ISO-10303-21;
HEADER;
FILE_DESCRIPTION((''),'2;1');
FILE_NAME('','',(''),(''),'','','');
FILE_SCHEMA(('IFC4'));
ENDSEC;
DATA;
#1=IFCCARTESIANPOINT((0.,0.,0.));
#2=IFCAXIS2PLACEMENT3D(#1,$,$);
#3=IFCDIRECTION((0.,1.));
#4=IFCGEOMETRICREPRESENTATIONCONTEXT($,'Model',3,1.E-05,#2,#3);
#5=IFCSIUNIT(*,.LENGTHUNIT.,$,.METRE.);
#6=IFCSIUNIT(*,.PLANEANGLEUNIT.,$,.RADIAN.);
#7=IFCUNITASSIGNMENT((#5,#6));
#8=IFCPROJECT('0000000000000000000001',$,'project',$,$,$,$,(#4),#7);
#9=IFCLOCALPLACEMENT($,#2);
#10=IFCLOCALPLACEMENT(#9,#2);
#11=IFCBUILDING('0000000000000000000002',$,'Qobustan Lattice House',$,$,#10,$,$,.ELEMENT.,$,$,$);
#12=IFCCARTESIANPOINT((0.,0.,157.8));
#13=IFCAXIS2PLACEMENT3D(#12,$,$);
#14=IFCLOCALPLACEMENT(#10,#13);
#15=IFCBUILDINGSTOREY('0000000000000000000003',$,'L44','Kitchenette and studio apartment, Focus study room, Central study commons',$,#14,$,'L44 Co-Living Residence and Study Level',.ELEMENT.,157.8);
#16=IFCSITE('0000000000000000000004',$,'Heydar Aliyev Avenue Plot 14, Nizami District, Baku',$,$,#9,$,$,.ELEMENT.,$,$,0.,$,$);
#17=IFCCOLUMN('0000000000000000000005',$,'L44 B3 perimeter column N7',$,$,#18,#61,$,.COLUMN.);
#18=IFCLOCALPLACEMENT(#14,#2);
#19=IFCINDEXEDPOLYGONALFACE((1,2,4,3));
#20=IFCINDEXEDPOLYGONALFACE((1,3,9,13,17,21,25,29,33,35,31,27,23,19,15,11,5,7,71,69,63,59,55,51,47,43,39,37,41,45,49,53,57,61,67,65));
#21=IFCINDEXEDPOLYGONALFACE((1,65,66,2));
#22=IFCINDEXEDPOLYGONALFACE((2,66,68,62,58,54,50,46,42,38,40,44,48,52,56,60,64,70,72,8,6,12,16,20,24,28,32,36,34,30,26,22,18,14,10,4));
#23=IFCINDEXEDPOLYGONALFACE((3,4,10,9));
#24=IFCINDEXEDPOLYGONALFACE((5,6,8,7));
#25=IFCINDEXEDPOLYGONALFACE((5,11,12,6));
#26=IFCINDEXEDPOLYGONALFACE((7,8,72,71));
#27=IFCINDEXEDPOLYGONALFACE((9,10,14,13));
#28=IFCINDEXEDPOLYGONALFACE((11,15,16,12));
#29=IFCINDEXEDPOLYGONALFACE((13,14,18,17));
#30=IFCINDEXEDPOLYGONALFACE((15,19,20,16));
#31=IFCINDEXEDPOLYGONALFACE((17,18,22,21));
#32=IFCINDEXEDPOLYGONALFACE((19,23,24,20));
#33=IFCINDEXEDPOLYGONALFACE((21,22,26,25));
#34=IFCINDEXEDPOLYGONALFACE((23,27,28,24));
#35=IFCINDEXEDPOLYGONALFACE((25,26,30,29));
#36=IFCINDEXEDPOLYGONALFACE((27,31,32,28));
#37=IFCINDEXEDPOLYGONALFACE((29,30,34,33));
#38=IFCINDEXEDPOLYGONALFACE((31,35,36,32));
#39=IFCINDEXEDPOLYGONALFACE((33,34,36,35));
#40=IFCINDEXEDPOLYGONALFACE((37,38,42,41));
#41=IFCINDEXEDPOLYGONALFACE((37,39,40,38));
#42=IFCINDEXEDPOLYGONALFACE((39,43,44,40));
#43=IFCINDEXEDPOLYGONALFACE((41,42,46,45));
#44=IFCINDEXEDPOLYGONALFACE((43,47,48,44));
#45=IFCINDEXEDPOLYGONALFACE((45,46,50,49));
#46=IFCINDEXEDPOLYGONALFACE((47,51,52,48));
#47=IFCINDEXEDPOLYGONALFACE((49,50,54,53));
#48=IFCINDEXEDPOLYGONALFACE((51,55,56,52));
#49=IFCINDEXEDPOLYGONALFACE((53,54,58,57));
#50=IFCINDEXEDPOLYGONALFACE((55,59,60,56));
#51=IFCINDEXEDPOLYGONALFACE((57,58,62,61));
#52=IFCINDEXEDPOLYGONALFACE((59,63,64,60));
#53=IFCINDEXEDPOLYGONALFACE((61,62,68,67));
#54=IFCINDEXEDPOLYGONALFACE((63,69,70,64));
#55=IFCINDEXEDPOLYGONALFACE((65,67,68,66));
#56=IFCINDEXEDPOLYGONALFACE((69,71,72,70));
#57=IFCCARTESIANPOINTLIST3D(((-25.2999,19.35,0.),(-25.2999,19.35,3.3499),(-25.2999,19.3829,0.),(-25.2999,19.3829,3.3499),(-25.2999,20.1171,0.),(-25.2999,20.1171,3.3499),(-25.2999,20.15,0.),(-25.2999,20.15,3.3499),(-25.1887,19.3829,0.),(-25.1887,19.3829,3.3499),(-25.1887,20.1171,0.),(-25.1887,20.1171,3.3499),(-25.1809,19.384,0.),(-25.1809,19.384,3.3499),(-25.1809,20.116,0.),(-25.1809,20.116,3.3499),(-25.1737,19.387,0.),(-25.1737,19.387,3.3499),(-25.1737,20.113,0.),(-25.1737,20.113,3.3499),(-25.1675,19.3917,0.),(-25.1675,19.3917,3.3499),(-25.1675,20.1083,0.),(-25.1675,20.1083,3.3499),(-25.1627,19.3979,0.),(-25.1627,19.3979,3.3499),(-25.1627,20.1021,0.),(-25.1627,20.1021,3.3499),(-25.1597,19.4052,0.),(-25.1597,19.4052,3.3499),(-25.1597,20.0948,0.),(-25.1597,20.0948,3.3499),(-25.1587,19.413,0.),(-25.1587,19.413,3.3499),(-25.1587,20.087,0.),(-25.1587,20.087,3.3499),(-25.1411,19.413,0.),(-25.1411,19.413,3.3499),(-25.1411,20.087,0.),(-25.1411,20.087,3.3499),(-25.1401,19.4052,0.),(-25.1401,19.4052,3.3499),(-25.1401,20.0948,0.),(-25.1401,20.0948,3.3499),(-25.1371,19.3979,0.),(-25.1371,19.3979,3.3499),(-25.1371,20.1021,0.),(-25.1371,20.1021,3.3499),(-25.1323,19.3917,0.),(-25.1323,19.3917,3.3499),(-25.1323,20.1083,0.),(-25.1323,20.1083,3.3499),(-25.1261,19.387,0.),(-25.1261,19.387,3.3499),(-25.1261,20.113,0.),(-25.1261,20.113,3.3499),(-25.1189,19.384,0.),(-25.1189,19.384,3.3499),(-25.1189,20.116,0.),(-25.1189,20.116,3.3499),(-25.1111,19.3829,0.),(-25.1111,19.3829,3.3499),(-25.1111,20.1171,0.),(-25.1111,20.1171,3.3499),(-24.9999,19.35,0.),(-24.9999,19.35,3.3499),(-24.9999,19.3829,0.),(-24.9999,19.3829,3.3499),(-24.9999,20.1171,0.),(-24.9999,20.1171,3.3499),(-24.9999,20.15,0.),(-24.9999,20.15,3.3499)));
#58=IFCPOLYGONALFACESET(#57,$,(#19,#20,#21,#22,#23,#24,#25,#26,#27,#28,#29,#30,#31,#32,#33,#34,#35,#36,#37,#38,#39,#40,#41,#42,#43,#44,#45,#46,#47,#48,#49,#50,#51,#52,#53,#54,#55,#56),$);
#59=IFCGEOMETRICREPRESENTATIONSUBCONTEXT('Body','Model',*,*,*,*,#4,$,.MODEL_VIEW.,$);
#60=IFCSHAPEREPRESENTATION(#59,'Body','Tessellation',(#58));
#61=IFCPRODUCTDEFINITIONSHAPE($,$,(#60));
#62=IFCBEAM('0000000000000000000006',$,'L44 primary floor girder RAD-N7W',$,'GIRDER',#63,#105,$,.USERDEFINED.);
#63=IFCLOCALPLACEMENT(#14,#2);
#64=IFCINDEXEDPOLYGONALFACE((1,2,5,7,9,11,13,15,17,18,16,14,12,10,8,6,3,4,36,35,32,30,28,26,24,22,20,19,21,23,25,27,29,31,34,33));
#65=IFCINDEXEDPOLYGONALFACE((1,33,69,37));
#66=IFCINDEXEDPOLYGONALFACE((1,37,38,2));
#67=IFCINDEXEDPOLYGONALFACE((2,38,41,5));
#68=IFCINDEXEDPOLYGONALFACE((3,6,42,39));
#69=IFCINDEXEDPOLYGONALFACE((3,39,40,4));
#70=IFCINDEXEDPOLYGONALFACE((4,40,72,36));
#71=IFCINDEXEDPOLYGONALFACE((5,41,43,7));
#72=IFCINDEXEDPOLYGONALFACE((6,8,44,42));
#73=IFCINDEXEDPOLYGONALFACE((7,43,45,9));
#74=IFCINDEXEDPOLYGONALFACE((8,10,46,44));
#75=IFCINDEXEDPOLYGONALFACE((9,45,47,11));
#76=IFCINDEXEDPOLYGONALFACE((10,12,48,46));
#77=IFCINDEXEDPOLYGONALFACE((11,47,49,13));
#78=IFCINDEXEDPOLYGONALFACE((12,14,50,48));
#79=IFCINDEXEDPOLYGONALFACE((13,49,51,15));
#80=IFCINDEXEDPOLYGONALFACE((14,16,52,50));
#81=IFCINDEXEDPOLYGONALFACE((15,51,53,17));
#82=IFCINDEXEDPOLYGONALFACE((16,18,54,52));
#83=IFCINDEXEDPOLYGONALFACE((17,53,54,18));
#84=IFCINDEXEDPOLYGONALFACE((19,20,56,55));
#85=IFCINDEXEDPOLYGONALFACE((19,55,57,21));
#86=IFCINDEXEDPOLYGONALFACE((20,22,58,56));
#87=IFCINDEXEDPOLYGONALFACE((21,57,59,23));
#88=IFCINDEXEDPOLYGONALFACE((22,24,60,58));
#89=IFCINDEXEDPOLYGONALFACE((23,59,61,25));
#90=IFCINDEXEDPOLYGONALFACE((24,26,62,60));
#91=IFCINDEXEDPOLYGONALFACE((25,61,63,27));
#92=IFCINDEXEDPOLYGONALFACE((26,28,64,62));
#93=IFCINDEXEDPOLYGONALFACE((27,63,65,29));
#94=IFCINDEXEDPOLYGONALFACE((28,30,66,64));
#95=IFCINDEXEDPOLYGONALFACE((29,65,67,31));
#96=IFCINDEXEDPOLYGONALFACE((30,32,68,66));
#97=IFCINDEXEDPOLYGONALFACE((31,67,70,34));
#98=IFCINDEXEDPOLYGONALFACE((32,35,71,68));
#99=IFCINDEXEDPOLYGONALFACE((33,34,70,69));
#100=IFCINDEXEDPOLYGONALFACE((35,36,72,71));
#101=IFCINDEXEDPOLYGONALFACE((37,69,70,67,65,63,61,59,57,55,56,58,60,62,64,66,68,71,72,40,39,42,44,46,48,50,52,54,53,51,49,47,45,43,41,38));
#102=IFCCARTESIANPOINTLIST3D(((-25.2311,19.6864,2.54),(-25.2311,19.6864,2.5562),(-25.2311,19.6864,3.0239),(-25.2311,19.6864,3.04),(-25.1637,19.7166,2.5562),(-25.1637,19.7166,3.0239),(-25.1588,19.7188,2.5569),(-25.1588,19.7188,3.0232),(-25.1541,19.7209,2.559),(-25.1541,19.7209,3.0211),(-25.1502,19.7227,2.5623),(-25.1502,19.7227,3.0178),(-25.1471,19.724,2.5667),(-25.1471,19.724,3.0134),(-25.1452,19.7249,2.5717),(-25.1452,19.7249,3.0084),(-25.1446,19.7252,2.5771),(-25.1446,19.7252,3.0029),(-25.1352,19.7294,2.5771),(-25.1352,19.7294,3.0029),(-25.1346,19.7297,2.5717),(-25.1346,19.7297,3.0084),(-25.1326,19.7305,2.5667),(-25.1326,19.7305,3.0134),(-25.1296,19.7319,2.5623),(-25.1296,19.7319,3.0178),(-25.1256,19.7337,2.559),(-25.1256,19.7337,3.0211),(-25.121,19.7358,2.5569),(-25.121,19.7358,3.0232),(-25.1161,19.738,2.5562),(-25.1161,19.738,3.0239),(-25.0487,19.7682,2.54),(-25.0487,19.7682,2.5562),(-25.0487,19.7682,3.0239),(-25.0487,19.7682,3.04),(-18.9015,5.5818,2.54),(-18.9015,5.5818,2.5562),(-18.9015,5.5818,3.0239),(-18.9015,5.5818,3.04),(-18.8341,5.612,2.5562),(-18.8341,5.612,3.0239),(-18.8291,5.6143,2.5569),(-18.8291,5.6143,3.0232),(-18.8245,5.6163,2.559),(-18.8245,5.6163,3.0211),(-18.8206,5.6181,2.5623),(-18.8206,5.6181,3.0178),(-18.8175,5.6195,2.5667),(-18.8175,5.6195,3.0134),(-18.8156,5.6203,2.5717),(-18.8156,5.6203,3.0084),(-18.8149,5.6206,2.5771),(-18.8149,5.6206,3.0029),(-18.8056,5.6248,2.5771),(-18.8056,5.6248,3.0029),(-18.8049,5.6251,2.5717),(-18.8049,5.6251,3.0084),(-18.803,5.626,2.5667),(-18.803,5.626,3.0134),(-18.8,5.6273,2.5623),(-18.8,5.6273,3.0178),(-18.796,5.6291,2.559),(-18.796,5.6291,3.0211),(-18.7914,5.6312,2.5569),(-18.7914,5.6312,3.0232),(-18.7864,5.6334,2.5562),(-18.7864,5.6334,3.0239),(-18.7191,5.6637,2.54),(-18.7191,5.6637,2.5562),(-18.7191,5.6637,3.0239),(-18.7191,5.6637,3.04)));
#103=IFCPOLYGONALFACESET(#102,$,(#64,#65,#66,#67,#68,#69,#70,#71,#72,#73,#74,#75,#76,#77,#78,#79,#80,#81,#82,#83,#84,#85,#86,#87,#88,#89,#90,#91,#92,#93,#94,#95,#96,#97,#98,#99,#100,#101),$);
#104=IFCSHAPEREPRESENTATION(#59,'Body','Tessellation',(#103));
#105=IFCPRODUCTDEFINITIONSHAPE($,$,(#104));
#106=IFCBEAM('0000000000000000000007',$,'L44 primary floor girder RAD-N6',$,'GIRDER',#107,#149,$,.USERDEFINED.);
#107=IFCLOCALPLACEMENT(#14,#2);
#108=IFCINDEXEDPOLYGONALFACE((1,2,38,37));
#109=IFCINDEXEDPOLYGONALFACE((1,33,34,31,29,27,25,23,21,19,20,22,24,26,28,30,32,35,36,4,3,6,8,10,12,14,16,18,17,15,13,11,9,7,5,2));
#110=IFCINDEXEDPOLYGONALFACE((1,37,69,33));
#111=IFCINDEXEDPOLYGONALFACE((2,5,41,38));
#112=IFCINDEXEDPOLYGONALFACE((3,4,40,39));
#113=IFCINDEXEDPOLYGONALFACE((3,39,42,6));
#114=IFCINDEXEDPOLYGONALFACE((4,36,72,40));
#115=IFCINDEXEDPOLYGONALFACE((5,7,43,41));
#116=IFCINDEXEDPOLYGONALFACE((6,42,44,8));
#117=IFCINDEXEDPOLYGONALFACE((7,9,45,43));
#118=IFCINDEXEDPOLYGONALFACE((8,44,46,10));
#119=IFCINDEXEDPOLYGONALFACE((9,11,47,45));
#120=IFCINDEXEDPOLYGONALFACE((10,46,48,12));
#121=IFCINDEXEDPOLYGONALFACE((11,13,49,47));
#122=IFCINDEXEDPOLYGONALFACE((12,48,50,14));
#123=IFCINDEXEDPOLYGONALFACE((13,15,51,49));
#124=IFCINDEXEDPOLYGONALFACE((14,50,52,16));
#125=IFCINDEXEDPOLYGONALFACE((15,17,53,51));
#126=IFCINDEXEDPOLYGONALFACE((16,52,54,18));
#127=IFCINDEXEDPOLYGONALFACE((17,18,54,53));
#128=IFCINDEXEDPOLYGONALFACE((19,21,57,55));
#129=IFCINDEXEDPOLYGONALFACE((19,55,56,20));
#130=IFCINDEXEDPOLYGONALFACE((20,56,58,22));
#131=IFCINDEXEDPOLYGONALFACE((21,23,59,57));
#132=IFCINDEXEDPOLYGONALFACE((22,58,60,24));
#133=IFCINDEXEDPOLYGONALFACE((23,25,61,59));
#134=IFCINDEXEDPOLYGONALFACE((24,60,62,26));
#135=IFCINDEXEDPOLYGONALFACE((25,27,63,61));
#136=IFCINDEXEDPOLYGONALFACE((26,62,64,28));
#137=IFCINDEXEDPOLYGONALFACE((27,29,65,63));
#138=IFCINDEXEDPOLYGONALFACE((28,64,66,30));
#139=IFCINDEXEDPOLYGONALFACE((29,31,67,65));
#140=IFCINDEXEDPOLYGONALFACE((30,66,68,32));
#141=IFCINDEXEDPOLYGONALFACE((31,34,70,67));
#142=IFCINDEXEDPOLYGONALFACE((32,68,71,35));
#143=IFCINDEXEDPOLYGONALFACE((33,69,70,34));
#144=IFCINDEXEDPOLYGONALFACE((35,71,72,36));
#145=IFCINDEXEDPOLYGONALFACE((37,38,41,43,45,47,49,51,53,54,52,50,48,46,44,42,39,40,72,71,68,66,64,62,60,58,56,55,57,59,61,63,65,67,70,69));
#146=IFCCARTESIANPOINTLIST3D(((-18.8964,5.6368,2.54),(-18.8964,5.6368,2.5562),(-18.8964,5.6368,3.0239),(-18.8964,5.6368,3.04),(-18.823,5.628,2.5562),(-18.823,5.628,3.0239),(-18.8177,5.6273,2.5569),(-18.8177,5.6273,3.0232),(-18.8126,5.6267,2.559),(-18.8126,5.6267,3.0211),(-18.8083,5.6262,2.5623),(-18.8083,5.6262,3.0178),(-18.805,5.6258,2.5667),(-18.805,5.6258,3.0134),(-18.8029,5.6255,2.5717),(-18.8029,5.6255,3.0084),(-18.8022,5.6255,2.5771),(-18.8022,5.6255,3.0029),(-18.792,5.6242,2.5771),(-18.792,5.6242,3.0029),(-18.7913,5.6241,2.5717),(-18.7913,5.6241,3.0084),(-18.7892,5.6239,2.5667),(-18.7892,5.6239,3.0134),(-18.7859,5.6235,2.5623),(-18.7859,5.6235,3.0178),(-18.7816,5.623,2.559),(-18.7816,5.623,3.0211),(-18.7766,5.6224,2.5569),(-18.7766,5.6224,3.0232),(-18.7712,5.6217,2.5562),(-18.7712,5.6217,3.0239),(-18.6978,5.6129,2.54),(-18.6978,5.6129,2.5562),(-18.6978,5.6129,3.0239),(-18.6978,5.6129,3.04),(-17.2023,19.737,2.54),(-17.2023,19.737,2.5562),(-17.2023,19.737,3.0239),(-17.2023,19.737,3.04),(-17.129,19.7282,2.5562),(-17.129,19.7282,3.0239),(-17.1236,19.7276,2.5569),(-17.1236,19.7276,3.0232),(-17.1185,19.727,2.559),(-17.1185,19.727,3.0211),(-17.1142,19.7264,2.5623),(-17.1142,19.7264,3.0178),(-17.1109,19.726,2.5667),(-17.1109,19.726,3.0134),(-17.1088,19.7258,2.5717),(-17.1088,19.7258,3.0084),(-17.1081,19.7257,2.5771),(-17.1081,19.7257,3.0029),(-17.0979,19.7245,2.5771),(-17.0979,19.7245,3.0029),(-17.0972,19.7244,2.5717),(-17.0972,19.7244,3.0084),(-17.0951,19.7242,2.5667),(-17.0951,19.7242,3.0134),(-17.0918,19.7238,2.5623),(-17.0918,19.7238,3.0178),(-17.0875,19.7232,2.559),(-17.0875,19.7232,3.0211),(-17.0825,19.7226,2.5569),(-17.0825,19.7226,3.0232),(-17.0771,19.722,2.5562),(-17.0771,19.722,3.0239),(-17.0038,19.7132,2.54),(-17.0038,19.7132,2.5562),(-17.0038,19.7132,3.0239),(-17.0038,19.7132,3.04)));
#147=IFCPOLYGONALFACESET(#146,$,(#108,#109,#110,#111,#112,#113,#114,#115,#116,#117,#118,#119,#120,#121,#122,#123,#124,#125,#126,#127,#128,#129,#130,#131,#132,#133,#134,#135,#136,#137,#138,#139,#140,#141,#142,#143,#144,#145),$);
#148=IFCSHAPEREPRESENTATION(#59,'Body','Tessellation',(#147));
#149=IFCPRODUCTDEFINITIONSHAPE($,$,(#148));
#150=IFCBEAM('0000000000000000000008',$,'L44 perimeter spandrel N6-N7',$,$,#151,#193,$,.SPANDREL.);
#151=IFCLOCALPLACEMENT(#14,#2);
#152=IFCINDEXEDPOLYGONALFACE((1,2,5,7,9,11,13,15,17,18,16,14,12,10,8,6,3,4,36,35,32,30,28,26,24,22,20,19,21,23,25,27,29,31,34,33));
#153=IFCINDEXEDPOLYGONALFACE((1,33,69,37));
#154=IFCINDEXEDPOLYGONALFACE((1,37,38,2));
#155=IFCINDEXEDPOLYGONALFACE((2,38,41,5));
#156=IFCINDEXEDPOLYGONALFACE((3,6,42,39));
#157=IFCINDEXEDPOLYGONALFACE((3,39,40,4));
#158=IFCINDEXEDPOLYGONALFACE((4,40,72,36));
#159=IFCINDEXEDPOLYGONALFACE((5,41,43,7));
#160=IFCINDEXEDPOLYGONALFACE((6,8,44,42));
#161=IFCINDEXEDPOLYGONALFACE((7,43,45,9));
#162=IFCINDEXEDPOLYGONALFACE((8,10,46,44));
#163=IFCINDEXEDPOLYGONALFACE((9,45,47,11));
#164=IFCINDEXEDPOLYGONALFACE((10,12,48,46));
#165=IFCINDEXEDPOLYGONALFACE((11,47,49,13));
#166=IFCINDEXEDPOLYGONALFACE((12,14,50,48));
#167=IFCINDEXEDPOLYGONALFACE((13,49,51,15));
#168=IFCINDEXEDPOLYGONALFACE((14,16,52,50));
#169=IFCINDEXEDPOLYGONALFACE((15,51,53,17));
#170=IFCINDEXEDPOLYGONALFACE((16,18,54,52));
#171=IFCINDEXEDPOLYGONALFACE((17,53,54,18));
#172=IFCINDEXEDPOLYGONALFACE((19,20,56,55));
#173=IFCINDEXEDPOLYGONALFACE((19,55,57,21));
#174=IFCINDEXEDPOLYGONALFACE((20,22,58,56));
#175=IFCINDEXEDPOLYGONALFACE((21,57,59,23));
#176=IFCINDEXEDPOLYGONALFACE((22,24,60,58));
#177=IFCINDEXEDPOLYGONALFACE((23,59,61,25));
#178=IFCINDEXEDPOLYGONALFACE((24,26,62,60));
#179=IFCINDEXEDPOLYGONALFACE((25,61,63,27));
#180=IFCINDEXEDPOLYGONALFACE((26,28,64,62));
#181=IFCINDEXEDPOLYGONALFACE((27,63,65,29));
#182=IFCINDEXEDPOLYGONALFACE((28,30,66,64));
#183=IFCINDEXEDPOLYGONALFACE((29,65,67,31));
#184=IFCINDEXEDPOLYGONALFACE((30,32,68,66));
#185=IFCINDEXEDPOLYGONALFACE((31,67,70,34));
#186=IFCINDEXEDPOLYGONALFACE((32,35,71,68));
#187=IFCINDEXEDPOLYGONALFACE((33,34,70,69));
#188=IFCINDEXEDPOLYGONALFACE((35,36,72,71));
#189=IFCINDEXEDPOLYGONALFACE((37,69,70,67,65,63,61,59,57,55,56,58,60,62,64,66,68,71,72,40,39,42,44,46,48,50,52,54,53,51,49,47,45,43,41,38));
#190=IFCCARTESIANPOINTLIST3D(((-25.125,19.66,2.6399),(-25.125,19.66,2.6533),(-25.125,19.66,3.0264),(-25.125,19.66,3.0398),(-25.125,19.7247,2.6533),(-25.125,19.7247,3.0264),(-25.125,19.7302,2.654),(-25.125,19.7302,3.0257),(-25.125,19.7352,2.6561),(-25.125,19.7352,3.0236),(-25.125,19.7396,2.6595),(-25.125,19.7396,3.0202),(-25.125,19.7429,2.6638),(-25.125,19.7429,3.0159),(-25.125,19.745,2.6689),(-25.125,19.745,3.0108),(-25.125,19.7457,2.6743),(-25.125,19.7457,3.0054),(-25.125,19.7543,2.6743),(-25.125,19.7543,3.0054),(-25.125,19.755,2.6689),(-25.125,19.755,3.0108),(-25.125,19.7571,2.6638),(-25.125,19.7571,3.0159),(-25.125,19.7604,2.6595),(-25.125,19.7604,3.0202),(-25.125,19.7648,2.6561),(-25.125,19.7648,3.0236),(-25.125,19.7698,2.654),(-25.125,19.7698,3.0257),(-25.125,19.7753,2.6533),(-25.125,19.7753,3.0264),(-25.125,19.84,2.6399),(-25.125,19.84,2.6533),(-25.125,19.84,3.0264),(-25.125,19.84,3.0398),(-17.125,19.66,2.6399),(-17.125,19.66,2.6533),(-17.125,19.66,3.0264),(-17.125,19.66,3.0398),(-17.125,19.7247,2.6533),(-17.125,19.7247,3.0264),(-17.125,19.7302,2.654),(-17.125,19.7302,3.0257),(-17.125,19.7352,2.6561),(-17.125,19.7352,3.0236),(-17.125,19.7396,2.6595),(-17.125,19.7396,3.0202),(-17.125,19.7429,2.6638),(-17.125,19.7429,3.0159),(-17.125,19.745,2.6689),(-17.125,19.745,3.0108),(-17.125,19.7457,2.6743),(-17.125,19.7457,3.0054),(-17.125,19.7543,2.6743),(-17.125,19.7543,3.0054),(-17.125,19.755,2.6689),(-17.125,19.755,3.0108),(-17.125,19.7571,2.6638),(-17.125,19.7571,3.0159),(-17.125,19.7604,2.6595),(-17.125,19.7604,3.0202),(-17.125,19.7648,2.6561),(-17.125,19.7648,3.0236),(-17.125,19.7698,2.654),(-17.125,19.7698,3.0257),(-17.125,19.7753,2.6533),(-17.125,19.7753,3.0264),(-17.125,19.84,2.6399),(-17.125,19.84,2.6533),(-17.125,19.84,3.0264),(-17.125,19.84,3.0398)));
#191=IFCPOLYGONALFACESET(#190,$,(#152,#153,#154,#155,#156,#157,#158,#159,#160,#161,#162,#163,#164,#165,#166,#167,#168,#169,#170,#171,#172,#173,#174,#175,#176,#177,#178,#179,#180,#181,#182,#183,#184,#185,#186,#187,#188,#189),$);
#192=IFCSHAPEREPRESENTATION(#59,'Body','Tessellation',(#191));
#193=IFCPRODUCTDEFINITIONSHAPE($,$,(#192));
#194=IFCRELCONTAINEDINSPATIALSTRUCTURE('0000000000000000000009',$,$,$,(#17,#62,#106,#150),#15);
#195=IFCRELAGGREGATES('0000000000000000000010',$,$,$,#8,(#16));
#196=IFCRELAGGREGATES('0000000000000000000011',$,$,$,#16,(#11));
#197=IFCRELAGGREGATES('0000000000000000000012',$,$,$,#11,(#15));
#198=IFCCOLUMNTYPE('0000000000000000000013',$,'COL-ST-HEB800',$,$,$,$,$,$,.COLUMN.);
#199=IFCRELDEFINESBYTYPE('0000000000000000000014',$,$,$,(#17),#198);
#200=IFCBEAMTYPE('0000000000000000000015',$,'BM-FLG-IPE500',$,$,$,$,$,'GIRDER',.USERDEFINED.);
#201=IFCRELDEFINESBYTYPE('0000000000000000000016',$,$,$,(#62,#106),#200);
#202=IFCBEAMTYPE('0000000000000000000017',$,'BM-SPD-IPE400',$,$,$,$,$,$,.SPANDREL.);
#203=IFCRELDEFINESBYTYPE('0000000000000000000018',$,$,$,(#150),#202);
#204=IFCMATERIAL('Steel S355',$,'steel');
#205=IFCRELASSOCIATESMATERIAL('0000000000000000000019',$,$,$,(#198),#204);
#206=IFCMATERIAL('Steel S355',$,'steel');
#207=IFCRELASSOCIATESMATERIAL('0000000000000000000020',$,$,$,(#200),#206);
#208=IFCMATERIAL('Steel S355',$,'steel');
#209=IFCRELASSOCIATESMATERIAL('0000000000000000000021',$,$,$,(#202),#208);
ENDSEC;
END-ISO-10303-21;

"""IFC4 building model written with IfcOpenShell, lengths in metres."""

from ifc_helpers import new_model, si_unit, direction, frame, origin, origin_2d, place, context, subcontext, project, spatial, i_section, extrude, material, material_profile, profile_set, type_object, element, save


model = new_model("IFC4")

# Units and contexts
model_context = context("Model", 3, precision=1e-05, world=origin(), true_north=direction((0.0, 1.0)))
body_context = subcontext(model_context, "Body", "Model", "MODEL_VIEW")
ifc_project = project(units=[si_unit("LENGTHUNIT", "METRE"), si_unit("PLANEANGLEUNIT", "RADIAN")], contexts=[model_context])

# Site, building, storey
site_placement = place(None, origin())
site = spatial("IfcSite", under=ifc_project, at=site_placement, Name="Heydar Aliyev Avenue Plot 14, Nizami District, Baku", CompositionType="ELEMENT", RefElevation=0.0)
building_placement = place(site_placement, origin())
building = spatial("IfcBuilding", under=site, at=building_placement, Name="Qobustan Lattice House", CompositionType="ELEMENT")
storey_placement = place(building_placement, frame((0.0, 0.0, 157.8)))
storey = spatial("IfcBuildingStorey", under=building, at=storey_placement, Name="L44", Description="Kitchenette and studio apartment, Focus study room, Central study commons", LongName="L44 Co-Living Residence and Study Level", CompositionType="ELEMENT", Elevation=157.8)

# Column
ifc_material_1 = material(Name="Steel S355", Category="steel")
ifc_material_profile_1 = material_profile(ifc_material_1, i_section(OverallWidth=0.3, OverallDepth=0.8, WebThickness=0.0176, FlangeThickness=0.033, FilletRadius=0.03, at=origin_2d()), Name="HEB800")
ifc_profile_set_1 = profile_set([ifc_material_profile_1], Name="Steel S355")
column_type = type_object("IfcColumnType", Name="COL-ST-HEB800", PredefinedType="COLUMN", material=ifc_profile_set_1)
column_placement = place(storey_placement, frame((-25.1499, 19.75, 0.0), z_axis=(0.0, 0.0, 1.0), x_axis=(1.0, 0.0, 0.0)))
element("IfcColumn", 1, at=column_placement, inside=storey, type_object=column_type, Name="L44 B3 perimeter column N7", PredefinedType="COLUMN", context=body_context, shape_type="SweptSolid", body=[
    extrude(i_section(OverallWidth=0.3, OverallDepth=0.8, WebThickness=0.0176, FlangeThickness=0.033, FilletRadius=0.03, at=origin_2d()), origin(), (0.0, 0.0, 1.0), 3.3499),
])

# Beams
ifc_material_2 = material(Name="Steel S355", Category="steel")
ifc_material_profile_2 = material_profile(ifc_material_2, i_section(OverallWidth=0.2, OverallDepth=0.5, WebThickness=0.0103, FlangeThickness=0.0161, FilletRadius=0.021, at=origin_2d()), Name="IPE500")
ifc_profile_set_2 = profile_set([ifc_material_profile_2], Name="Steel S355")
beam_type_1 = type_object("IfcBeamType", Name="BM-FLG-IPE500", ElementType="GIRDER", PredefinedType="USERDEFINED", material=ifc_profile_set_2)
beam_1_placement = place(storey_placement, frame((-25.1399, 19.7273, 2.79), z_axis=(0.409427, -0.912343, 0.0), x_axis=(0.912343, 0.409427, 0.0)))
element("IfcBeam", 2, at=beam_1_placement, inside=storey, type_object=beam_type_1, Name="L44 primary floor girder RAD-N7W", ObjectType="GIRDER", PredefinedType="USERDEFINED", context=body_context, shape_type="SweptSolid", body=[
    extrude(i_section(OverallWidth=0.2, OverallDepth=0.5, WebThickness=0.0103, FlangeThickness=0.0161, FilletRadius=0.021, at=origin_2d()), origin(), (0.0, 0.0, 1.0), 15.4597),
])
beam_2_placement = place(storey_placement, frame((-17.103, 19.7251, 2.79), z_axis=(-0.119288, -0.99286, 0.0), x_axis=(0.99286, -0.119288, 0.0)))
element("IfcBeam", 3, at=beam_2_placement, inside=storey, type_object=beam_type_1, Name="L44 primary floor girder RAD-N6", ObjectType="GIRDER", PredefinedType="USERDEFINED", context=body_context, shape_type="SweptSolid", body=[
    extrude(i_section(OverallWidth=0.2, OverallDepth=0.5, WebThickness=0.0103, FlangeThickness=0.0161, FilletRadius=0.021, at=origin_2d()), origin(), (0.0, 0.0, 1.0), 14.2017),
])
ifc_material_3 = material(Name="Steel S355", Category="steel")
ifc_material_profile_3 = material_profile(ifc_material_3, i_section(OverallWidth=0.1799, OverallDepth=0.3999, WebThickness=0.0085, FlangeThickness=0.0134, FilletRadius=0.021, at=origin_2d()), Name="IPE400")
ifc_profile_set_3 = profile_set([ifc_material_profile_3], Name="Steel S355")
beam_type_2 = type_object("IfcBeamType", Name="BM-SPD-IPE400", PredefinedType="SPANDREL", material=ifc_profile_set_3)
beam_3_placement = place(storey_placement, frame((-17.125, 19.75, 2.8398), z_axis=(-1.0, 0.0, 0.0), x_axis=(0.0, -1.0, 0.0)))
element("IfcBeam", 4, at=beam_3_placement, inside=storey, type_object=beam_type_2, Name="L44 perimeter spandrel N6-N7", PredefinedType="SPANDREL", context=body_context, shape_type="SweptSolid", body=[
    extrude(i_section(OverallWidth=0.1799, OverallDepth=0.3999, WebThickness=0.0085, FlangeThickness=0.0134, FilletRadius=0.021, at=origin_2d()), origin(), (0.0, 0.0, 1.0), 8.0),
])

save(model, "model.ifc")
